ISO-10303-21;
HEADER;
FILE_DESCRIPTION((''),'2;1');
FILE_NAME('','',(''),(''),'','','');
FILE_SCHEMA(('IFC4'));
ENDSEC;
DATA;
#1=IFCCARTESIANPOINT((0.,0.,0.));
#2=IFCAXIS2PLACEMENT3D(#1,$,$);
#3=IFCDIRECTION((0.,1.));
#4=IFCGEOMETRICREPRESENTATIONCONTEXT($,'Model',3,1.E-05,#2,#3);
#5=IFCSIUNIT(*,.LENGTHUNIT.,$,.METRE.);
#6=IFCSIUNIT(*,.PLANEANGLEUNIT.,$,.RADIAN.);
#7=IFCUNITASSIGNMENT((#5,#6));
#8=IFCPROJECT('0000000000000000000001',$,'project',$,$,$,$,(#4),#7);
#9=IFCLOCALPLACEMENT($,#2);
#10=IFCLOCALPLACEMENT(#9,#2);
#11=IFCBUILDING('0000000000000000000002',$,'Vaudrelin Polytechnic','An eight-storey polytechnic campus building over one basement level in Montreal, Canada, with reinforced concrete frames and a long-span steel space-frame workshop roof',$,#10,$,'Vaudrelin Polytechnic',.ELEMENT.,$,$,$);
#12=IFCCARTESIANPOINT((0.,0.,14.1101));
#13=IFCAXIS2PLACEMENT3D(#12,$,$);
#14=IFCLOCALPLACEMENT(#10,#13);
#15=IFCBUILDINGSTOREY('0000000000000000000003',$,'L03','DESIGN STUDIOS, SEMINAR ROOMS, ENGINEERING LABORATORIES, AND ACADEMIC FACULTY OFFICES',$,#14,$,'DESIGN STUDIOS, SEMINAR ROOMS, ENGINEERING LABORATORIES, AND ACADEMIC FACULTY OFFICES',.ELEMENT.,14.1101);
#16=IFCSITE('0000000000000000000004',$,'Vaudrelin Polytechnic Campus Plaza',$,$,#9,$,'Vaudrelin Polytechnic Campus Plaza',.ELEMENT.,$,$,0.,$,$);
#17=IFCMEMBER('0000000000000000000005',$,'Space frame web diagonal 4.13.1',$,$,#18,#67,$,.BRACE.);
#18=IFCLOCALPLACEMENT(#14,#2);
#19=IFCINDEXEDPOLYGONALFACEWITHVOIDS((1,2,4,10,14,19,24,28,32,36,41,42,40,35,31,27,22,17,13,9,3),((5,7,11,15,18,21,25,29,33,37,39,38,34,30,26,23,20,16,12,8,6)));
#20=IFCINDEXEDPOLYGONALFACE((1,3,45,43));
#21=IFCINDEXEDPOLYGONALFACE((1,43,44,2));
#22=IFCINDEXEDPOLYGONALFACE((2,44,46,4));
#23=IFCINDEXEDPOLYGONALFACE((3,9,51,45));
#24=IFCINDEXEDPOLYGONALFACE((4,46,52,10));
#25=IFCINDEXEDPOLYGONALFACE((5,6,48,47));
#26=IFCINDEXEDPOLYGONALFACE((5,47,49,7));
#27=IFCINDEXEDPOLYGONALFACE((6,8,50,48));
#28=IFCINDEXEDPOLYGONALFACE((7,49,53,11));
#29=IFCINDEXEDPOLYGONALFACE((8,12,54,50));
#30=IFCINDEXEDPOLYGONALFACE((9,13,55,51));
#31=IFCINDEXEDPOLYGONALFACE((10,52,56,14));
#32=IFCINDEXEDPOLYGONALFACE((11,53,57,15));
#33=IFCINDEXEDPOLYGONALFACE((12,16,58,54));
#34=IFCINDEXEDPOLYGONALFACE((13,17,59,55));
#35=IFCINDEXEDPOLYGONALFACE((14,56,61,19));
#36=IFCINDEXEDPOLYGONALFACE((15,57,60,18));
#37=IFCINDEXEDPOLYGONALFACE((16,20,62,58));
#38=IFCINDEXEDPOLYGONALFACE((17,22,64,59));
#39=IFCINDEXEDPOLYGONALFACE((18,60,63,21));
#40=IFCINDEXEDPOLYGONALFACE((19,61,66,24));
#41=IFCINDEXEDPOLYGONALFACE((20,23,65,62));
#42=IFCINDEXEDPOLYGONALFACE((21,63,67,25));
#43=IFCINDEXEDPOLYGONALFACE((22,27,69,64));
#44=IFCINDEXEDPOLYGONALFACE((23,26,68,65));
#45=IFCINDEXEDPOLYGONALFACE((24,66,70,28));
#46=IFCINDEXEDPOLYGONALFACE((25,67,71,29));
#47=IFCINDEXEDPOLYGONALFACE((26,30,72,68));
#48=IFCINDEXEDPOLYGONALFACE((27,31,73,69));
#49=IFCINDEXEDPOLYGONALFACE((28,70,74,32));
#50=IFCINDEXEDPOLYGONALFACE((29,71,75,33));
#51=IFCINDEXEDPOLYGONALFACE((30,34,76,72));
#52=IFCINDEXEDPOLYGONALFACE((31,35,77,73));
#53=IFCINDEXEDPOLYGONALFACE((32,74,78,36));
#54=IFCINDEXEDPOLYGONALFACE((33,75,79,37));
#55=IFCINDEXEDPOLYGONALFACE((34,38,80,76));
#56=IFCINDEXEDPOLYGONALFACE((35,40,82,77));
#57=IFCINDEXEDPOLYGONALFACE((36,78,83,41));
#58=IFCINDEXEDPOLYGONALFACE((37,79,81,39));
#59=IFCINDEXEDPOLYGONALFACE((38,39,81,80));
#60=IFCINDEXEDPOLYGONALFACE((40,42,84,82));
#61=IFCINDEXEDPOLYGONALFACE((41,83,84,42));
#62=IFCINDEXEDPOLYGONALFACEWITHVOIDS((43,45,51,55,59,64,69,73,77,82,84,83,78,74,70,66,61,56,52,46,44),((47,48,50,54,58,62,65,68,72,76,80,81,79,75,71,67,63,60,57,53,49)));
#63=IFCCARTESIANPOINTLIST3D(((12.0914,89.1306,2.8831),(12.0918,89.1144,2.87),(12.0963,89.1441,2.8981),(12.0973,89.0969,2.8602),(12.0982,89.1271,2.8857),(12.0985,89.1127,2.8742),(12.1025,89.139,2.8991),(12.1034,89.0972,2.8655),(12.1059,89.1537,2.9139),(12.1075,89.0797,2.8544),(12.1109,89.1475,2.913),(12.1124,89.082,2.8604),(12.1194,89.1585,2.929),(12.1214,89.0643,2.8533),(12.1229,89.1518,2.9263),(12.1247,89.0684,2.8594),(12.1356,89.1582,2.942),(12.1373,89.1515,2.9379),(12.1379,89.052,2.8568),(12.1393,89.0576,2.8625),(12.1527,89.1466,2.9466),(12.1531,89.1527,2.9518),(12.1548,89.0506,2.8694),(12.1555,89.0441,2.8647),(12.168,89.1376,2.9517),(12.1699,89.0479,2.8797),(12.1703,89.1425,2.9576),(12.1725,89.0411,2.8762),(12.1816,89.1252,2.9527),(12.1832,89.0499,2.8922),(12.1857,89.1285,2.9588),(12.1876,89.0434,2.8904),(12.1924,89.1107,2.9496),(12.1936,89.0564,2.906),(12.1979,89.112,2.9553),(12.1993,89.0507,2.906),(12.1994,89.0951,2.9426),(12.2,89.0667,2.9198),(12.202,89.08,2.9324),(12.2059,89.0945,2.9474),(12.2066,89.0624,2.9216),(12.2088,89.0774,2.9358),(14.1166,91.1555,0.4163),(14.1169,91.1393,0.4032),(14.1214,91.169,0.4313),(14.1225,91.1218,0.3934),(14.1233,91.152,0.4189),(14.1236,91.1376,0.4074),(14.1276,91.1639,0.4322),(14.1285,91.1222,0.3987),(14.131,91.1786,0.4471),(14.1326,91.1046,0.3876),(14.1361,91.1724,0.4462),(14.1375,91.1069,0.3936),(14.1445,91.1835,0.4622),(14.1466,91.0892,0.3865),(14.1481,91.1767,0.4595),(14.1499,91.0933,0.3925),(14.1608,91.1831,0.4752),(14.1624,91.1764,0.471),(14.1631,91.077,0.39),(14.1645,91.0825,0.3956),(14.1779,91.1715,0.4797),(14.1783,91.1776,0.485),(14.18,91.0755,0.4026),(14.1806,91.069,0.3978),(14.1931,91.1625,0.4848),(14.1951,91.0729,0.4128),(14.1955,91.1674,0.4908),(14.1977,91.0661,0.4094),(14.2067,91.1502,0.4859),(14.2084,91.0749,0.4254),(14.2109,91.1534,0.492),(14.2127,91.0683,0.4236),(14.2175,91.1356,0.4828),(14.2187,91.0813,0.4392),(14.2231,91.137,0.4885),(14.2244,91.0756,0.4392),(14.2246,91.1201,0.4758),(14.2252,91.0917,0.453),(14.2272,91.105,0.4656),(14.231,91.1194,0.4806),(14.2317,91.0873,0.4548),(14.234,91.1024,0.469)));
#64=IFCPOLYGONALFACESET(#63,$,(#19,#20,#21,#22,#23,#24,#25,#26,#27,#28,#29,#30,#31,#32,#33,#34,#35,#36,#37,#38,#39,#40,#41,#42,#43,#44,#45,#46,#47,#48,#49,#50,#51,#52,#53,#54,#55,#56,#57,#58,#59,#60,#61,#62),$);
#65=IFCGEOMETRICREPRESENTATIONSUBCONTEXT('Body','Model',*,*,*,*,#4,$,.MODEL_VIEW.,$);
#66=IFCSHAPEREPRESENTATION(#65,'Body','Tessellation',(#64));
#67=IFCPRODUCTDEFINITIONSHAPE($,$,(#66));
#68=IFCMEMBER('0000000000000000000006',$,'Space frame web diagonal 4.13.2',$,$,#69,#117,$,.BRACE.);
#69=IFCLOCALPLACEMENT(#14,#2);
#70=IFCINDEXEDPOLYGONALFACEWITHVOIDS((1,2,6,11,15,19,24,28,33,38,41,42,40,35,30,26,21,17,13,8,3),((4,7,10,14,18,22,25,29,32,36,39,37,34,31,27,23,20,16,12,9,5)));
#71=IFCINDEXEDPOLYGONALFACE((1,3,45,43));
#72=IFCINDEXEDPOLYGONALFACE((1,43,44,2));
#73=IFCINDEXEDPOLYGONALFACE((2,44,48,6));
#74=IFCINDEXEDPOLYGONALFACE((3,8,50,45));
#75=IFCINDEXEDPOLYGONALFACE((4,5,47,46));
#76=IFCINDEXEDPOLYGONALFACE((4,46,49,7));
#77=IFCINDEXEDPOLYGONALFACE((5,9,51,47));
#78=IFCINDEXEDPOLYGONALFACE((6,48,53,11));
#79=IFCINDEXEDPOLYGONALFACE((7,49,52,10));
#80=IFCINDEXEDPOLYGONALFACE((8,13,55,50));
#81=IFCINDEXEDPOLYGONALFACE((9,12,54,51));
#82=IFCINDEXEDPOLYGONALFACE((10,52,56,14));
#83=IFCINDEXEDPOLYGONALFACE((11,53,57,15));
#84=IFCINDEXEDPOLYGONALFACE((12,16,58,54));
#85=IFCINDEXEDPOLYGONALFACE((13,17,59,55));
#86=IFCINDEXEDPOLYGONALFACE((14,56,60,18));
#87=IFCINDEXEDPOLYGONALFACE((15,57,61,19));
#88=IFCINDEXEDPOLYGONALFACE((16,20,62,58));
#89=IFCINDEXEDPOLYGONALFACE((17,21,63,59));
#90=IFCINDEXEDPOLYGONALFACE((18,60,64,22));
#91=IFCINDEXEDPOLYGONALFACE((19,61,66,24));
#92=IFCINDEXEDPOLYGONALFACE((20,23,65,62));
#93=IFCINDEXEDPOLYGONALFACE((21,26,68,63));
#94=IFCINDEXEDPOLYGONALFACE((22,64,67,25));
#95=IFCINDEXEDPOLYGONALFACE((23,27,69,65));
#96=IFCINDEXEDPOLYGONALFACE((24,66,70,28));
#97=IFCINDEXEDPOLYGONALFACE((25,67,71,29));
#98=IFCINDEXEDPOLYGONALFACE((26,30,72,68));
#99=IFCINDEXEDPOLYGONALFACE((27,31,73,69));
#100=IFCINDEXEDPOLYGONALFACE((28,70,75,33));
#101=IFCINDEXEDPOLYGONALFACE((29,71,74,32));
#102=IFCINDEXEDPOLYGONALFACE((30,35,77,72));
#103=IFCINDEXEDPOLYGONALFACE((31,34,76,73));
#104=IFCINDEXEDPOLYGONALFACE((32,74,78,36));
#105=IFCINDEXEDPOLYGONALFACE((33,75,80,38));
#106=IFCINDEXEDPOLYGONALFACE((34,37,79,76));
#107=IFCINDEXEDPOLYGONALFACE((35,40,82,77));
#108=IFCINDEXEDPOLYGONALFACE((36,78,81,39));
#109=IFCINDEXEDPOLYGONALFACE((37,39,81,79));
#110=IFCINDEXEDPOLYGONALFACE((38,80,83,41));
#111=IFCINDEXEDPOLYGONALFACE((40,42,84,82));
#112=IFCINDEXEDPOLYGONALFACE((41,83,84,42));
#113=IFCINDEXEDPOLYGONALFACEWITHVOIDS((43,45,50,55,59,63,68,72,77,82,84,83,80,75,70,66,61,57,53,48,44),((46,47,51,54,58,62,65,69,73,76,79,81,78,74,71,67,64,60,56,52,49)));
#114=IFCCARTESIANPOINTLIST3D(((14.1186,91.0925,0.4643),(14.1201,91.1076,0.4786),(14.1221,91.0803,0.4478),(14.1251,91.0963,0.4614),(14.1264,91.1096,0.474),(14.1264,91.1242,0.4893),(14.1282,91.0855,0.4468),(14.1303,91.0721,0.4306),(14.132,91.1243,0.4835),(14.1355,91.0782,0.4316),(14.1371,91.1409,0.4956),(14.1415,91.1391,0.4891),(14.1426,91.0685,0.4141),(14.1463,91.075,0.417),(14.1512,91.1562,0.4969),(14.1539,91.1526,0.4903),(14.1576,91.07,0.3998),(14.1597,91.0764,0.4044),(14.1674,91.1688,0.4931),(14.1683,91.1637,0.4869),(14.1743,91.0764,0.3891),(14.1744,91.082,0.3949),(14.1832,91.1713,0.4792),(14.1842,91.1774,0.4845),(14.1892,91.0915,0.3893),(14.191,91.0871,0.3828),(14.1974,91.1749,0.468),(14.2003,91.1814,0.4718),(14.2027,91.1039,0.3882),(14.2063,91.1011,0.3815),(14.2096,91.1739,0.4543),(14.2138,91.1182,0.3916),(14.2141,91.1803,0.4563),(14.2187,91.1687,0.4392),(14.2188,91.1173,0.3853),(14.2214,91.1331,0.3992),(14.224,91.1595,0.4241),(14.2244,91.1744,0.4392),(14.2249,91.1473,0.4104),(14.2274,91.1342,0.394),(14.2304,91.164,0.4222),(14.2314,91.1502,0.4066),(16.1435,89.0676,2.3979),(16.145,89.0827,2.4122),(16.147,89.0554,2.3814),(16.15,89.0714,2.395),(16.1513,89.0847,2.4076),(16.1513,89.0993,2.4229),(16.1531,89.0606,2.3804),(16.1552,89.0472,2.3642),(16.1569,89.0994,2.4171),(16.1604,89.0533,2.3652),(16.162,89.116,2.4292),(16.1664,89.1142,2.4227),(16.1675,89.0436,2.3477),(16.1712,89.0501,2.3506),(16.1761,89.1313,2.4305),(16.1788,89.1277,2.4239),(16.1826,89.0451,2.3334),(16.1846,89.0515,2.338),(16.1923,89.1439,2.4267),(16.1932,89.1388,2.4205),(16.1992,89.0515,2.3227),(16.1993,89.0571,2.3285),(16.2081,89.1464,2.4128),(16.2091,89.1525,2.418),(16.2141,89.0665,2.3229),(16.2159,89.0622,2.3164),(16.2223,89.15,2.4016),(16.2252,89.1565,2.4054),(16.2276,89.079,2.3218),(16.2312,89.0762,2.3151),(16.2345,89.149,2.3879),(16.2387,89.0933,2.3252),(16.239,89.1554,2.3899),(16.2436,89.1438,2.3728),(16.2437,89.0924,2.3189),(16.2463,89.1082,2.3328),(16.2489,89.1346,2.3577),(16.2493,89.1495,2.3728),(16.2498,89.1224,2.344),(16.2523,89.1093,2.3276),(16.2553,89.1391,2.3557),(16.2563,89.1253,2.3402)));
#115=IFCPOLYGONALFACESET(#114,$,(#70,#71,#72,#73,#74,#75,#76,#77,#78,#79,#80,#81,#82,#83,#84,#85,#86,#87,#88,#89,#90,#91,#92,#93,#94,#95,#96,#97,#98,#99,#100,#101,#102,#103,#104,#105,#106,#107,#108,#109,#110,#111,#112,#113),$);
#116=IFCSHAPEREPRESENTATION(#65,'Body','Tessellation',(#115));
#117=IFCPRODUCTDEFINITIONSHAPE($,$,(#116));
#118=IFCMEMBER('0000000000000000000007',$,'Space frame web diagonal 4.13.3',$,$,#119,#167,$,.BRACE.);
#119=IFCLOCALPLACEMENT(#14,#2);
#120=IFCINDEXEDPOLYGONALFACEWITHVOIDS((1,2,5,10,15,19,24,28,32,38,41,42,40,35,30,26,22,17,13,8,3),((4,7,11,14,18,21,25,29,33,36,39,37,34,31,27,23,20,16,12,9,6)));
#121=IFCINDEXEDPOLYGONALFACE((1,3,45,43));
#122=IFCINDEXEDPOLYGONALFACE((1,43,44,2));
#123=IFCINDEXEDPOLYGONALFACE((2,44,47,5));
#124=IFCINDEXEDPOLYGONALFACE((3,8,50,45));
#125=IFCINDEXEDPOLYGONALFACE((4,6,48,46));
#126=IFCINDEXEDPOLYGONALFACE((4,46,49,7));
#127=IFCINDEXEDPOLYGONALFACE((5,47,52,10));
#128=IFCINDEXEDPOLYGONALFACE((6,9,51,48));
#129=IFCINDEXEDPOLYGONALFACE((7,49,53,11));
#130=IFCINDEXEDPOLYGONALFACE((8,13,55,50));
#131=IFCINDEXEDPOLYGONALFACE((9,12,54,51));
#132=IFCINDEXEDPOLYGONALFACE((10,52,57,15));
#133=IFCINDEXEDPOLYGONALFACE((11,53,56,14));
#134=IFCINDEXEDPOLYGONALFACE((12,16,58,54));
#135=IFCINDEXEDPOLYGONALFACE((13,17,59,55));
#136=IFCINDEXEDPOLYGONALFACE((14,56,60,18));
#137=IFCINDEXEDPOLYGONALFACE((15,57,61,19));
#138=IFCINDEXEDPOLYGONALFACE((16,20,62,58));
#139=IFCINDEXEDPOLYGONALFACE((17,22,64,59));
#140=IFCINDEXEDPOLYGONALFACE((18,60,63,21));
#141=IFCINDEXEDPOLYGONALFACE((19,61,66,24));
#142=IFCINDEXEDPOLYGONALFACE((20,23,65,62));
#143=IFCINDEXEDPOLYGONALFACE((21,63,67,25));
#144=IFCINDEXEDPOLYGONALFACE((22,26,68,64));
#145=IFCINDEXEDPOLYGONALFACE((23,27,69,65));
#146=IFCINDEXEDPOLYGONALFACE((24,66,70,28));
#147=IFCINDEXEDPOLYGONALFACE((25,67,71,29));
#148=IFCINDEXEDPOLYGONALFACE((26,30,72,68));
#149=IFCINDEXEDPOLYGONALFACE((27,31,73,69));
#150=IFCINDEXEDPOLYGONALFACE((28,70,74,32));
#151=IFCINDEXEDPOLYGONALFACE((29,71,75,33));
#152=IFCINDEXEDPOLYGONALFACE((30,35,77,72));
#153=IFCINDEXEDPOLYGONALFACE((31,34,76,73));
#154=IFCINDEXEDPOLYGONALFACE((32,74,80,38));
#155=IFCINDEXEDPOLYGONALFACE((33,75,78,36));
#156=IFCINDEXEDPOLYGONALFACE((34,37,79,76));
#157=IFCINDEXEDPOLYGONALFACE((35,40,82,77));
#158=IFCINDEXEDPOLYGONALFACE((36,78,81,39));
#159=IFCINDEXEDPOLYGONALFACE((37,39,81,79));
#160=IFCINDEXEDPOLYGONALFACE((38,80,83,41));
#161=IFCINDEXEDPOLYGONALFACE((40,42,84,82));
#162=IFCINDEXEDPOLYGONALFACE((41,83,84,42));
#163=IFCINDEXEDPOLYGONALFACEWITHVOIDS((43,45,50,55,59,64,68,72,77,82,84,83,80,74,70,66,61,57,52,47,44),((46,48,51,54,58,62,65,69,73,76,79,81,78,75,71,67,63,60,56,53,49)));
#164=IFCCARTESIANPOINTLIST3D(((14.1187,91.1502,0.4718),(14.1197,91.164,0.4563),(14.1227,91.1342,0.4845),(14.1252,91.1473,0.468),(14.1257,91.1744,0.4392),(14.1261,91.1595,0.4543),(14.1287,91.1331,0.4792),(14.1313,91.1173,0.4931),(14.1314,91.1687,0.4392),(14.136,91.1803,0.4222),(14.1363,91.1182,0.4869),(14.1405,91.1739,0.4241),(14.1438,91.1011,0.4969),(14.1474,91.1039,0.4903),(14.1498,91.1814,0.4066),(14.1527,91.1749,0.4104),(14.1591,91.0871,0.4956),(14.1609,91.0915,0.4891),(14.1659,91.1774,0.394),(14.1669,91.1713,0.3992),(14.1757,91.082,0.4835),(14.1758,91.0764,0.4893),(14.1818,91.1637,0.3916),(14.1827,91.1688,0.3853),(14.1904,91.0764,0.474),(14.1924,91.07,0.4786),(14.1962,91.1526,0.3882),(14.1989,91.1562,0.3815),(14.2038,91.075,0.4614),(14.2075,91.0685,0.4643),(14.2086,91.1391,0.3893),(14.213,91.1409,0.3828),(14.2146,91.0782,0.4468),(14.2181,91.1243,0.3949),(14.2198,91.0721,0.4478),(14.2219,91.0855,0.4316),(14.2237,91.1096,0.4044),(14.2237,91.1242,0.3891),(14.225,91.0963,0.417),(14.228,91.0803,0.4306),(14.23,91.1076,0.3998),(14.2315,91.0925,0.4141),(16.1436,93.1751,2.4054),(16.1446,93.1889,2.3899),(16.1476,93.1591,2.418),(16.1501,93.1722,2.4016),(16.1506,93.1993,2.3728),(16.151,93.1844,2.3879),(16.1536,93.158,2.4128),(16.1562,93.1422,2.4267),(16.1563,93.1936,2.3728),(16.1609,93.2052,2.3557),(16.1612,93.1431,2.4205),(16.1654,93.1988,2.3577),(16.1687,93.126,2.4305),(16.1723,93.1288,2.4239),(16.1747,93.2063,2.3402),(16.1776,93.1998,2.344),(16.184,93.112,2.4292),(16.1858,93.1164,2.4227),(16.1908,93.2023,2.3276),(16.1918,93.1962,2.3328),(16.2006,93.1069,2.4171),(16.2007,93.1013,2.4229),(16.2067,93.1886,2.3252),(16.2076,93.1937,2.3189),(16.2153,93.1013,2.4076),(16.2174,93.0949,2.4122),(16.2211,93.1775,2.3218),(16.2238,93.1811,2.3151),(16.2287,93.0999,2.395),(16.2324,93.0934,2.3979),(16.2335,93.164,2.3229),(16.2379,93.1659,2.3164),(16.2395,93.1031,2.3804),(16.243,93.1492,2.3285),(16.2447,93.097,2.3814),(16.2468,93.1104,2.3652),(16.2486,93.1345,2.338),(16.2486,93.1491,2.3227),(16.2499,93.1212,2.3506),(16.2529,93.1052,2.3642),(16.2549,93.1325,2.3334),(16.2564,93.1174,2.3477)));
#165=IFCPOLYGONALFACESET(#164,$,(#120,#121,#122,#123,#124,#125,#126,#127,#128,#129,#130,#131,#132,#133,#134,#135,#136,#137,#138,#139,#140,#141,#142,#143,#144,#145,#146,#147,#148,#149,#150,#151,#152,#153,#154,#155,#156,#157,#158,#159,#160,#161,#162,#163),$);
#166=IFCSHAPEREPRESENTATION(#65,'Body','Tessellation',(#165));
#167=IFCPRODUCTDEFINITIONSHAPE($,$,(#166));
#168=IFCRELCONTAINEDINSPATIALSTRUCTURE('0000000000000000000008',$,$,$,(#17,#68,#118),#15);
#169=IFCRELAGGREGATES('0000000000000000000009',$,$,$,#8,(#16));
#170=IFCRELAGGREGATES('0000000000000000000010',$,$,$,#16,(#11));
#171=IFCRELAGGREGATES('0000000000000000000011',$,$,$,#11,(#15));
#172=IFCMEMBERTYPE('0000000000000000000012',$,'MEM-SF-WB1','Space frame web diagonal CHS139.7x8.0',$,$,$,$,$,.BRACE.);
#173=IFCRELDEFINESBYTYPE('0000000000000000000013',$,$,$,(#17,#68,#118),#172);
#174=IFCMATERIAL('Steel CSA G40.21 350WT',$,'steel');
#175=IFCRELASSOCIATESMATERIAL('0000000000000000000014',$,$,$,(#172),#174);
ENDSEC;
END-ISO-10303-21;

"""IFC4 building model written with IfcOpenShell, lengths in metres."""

from ifc_helpers import new_model, si_unit, direction, frame, origin, origin_2d, place, context, subcontext, project, spatial, hollow_circle, extrude, material, material_profile, profile_set, type_object, element, save


model = new_model("IFC4")

# Units and contexts
model_context = context("Model", 3, precision=1e-05, world=origin(), true_north=direction((0.0, 1.0)))
body_context = subcontext(model_context, "Body", "Model", "MODEL_VIEW")
ifc_project = project(units=[si_unit("LENGTHUNIT", "METRE"), si_unit("PLANEANGLEUNIT", "RADIAN")], contexts=[model_context])

# Site, building, storey
site_placement = place(None, origin())
site = spatial("IfcSite", under=ifc_project, at=site_placement, Name="Vaudrelin Polytechnic Campus Plaza", LongName="Vaudrelin Polytechnic Campus Plaza", CompositionType="ELEMENT", RefElevation=0.0)
building_placement = place(site_placement, origin())
building = spatial("IfcBuilding", under=site, at=building_placement, Name="Vaudrelin Polytechnic", Description="An eight-storey polytechnic campus building over one basement level in Montreal, Canada, with reinforced concrete frames and a long-span steel space-frame workshop roof", LongName="Vaudrelin Polytechnic", CompositionType="ELEMENT")
storey_placement = place(building_placement, frame((0.0, 0.0, 14.1101)))
storey = spatial("IfcBuildingStorey", under=building, at=storey_placement, Name="L03", Description="DESIGN STUDIOS, SEMINAR ROOMS, ENGINEERING LABORATORIES, AND ACADEMIC FACULTY OFFICES", LongName="DESIGN STUDIOS, SEMINAR ROOMS, ENGINEERING LABORATORIES, AND ACADEMIC FACULTY OFFICES", CompositionType="ELEMENT", Elevation=14.1101)

# Members
ifc_material_1 = material(Name="Steel CSA G40.21 350WT", Category="steel")
ifc_material_profile_1 = material_profile(ifc_material_1, hollow_circle(Radius=0.0698, WallThickness=0.0081, at=origin_2d()), Name="CHS139.7x8.0")
ifc_profile_set_1 = profile_set([ifc_material_profile_1], Name="Steel CSA G40.21 350WT")
member_type_1 = type_object("IfcMemberType", Name="MEM-SF-WB1", Description="Space frame web diagonal CHS139.7x8.0", PredefinedType="BRACE", material=ifc_profile_set_1)
member_1_placement = place(storey_placement, frame((14.175, 91.125, 0.4392), z_axis=(-0.535788, -0.535723, 0.652634), x_axis=(0.707064, -0.707149, 0.0)))
element("IfcMember", 1, at=member_1_placement, inside=storey, type_object=member_type_1, Name="Space frame web diagonal 4.13.1", PredefinedType="BRACE", context=body_context, shape_type="SweptSolid", body=[
    extrude(hollow_circle(Radius=0.0698, WallThickness=0.0081, at=origin_2d()), origin(), (0.0, 0.0, 1.0), 3.7798),
])
for number, where, z_axis, x_axis, name in (
    (2, (14.175, 91.125, 0.4392), (0.586024, -0.586024, 0.559599), (0.707107, 0.707107, 0.0), "Space frame web diagonal 4.13.2"),
    (3, (14.175, 91.125, 0.4392), (0.586024, 0.586024, 0.559599), (-0.707107, 0.707107, 0.0), "Space frame web diagonal 4.13.3"),
):
    element("IfcMember", number, at=place(storey_placement, frame(where, z_axis=z_axis, x_axis=x_axis)), inside=storey, type_object=member_type_1, Name=name, PredefinedType="BRACE", context=body_context, shape_type="SweptSolid", body=[
        extrude(hollow_circle(Radius=0.0698, WallThickness=0.0081, at=origin_2d()), origin(), (0.0, 0.0, 1.0), 3.4553),
    ])

save(model, "model.ifc")
